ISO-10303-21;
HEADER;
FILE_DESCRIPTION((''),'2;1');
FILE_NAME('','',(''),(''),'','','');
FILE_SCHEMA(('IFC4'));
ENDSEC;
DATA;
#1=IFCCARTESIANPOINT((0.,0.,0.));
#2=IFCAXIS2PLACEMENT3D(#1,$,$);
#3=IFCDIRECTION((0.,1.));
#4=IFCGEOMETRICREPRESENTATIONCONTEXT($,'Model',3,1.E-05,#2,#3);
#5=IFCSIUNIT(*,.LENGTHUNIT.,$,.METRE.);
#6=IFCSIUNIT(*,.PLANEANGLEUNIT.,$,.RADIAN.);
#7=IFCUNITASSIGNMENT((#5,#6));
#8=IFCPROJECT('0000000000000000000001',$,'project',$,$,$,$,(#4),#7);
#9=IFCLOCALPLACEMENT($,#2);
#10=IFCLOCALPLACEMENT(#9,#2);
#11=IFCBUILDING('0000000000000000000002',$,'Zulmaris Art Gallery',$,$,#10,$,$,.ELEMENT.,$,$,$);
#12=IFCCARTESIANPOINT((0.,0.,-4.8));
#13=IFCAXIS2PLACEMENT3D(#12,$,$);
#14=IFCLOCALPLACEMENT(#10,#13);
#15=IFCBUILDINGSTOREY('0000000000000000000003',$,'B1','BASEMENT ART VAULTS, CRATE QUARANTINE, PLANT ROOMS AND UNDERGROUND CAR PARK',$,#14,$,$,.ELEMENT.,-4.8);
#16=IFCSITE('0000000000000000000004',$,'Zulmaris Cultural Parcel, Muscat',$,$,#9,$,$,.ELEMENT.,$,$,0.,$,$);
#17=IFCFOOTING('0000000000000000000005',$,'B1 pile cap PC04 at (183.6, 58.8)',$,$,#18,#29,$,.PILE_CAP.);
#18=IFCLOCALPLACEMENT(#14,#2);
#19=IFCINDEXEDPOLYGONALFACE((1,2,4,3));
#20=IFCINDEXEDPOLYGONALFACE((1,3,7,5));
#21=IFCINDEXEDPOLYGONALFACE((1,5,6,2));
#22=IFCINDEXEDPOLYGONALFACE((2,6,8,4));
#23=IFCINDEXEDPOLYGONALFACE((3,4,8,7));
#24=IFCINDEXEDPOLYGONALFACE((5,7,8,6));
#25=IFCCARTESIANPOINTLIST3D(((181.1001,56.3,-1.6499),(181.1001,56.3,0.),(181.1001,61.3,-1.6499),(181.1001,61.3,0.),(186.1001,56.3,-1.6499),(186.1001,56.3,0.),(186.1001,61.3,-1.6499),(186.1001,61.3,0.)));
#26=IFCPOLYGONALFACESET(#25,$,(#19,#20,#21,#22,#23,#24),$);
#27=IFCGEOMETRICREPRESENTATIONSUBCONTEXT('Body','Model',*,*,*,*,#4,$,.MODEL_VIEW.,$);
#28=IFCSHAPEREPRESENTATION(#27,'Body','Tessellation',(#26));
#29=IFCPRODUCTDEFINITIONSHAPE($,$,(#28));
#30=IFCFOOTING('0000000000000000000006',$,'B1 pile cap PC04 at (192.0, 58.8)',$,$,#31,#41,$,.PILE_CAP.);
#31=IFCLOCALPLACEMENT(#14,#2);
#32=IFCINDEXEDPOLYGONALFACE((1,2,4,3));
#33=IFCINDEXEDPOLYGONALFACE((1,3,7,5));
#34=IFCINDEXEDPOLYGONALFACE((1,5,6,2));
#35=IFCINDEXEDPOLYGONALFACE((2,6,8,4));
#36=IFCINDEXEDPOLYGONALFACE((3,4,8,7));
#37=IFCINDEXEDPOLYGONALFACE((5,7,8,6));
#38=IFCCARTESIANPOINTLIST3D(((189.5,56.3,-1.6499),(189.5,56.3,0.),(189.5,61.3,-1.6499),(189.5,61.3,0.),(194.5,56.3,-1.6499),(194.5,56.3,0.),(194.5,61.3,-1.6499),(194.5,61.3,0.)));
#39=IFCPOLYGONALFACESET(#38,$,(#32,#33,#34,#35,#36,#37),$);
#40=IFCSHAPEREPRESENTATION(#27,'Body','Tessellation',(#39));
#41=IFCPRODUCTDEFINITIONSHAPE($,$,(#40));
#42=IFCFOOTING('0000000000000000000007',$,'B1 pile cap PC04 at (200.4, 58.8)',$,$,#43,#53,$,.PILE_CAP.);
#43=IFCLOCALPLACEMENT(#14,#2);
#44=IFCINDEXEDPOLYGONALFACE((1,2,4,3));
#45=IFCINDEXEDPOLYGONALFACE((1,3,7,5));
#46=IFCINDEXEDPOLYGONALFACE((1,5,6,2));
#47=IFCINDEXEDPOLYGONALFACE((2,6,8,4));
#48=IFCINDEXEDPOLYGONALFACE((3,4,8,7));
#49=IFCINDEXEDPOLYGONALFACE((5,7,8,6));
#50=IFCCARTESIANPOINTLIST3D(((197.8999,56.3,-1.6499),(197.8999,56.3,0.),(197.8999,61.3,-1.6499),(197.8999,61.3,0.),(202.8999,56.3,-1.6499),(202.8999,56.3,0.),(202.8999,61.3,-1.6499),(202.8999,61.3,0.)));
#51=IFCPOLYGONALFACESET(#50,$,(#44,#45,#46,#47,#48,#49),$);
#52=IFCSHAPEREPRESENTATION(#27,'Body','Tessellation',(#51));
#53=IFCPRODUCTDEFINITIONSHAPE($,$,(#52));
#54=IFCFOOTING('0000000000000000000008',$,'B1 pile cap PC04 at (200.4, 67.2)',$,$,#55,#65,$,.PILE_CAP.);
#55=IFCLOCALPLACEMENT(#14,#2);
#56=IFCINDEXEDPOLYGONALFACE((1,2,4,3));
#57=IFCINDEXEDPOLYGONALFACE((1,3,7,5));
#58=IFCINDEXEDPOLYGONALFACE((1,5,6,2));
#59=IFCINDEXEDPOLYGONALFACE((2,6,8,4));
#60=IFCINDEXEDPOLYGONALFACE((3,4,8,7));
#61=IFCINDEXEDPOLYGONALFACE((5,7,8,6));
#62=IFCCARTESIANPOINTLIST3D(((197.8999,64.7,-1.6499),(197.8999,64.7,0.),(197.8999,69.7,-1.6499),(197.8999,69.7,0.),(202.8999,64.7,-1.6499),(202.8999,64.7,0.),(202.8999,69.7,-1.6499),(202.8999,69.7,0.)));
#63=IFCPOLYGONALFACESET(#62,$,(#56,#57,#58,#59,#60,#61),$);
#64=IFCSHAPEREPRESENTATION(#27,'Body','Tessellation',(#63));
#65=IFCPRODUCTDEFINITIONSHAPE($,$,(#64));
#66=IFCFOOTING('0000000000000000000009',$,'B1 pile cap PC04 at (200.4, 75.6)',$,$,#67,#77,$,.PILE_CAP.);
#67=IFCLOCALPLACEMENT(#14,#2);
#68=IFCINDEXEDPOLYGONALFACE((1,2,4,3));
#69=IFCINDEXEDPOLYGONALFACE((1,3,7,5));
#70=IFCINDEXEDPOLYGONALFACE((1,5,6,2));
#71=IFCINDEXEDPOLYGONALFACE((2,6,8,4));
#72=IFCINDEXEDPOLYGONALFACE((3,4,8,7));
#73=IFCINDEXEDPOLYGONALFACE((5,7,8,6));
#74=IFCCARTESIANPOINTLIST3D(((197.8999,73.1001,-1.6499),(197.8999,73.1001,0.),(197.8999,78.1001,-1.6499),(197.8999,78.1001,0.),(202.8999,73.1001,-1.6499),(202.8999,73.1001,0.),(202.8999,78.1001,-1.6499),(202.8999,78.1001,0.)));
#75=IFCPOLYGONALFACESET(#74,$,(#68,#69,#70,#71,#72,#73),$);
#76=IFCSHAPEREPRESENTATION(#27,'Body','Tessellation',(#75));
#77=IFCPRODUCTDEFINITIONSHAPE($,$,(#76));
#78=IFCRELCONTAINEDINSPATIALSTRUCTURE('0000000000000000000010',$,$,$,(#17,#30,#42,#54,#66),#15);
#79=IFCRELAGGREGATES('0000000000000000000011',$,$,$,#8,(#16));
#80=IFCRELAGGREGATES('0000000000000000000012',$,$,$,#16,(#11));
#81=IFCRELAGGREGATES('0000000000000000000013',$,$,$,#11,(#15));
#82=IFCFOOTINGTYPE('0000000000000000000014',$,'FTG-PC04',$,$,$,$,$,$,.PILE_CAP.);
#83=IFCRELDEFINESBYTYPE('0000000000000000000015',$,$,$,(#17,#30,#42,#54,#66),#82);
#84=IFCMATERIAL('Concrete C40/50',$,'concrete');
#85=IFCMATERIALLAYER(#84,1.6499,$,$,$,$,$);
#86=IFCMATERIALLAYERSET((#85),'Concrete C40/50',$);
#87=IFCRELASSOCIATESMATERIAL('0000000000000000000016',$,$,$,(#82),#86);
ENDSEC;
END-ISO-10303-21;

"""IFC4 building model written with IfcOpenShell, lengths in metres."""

from ifc_helpers import new_model, si_unit, direction, frame, origin, place, context, subcontext, project, spatial, polyline, outline, extrude, material, layer, layer_set, type_object, element, save


model = new_model("IFC4")

# Units and contexts
model_context = context("Model", 3, precision=1e-05, world=origin(), true_north=direction((0.0, 1.0)))
body_context = subcontext(model_context, "Body", "Model", "MODEL_VIEW")
ifc_project = project(units=[si_unit("LENGTHUNIT", "METRE"), si_unit("PLANEANGLEUNIT", "RADIAN")], contexts=[model_context])

# Site, building, storey
site_placement = place(None, origin())
site = spatial("IfcSite", under=ifc_project, at=site_placement, Name="Zulmaris Cultural Parcel, Muscat", CompositionType="ELEMENT", RefElevation=0.0)
building_placement = place(site_placement, origin())
building = spatial("IfcBuilding", under=site, at=building_placement, Name="Zulmaris Art Gallery", CompositionType="ELEMENT")
storey_placement = place(building_placement, frame((0.0, 0.0, -4.8)))
storey = spatial("IfcBuildingStorey", under=building, at=storey_placement, Name="B1", Description="BASEMENT ART VAULTS, CRATE QUARANTINE, PLANT ROOMS AND UNDERGROUND CAR PARK", CompositionType="ELEMENT", Elevation=-4.8)

# Footings
ifc_material = material(Name="Concrete C40/50", Category="concrete")
ifc_layer_1 = layer(ifc_material, 1.6499)
ifc_layer_set_1 = layer_set([ifc_layer_1], Name="Concrete C40/50")
footing_type_1 = type_object("IfcFootingType", Name="FTG-PC04", PredefinedType="PILE_CAP", material=ifc_layer_set_1)
footing_1_placement = place(storey_placement, frame((0.0, 0.0, -1.6499)))
element("IfcFooting", 1, at=footing_1_placement, inside=storey, type_object=footing_type_1, Name="B1 pile cap PC04 at (183.6, 58.8)", PredefinedType="PILE_CAP", context=body_context, shape_type="SweptSolid", body=[
    extrude(outline(polyline([(181.1001, 56.3), (186.1001, 56.3), (186.1001, 61.3), (181.1001, 61.3), (181.1001, 56.3)])), origin(), (0.0, 0.0, 1.0), 1.6499),
])
footing_2_placement = place(storey_placement, frame((0.0, 0.0, -1.6499)))
element("IfcFooting", 2, at=footing_2_placement, inside=storey, type_object=footing_type_1, Name="B1 pile cap PC04 at (192.0, 58.8)", PredefinedType="PILE_CAP", context=body_context, shape_type="SweptSolid", body=[
    extrude(outline(polyline([(189.5, 56.3), (194.5, 56.3), (194.5, 61.3), (189.5, 61.3), (189.5, 56.3)])), origin(), (0.0, 0.0, 1.0), 1.6499),
])
footing_3_placement = place(storey_placement, frame((0.0, 0.0, -1.6499)))
element("IfcFooting", 3, at=footing_3_placement, inside=storey, type_object=footing_type_1, Name="B1 pile cap PC04 at (200.4, 58.8)", PredefinedType="PILE_CAP", context=body_context, shape_type="SweptSolid", body=[
    extrude(outline(polyline([(197.8999, 56.3), (202.8999, 56.3), (202.8999, 61.3), (197.8999, 61.3), (197.8999, 56.3)])), origin(), (0.0, 0.0, 1.0), 1.6499),
])
footing_4_placement = place(storey_placement, frame((0.0, 0.0, -1.6499)))
element("IfcFooting", 4, at=footing_4_placement, inside=storey, type_object=footing_type_1, Name="B1 pile cap PC04 at (200.4, 67.2)", PredefinedType="PILE_CAP", context=body_context, shape_type="SweptSolid", body=[
    extrude(outline(polyline([(197.8999, 64.7), (202.8999, 64.7), (202.8999, 69.7), (197.8999, 69.7), (197.8999, 64.7)])), origin(), (0.0, 0.0, 1.0), 1.6499),
])
footing_5_placement = place(storey_placement, frame((0.0, 0.0, -1.6499)))
element("IfcFooting", 5, at=footing_5_placement, inside=storey, type_object=footing_type_1, Name="B1 pile cap PC04 at (200.4, 75.6)", PredefinedType="PILE_CAP", context=body_context, shape_type="SweptSolid", body=[
    extrude(outline(polyline([(197.8999, 73.1001), (202.8999, 73.1001), (202.8999, 78.1001), (197.8999, 78.1001), (197.8999, 73.1001)])), origin(), (0.0, 0.0, 1.0), 1.6499),
])

save(model, "model.ifc")
